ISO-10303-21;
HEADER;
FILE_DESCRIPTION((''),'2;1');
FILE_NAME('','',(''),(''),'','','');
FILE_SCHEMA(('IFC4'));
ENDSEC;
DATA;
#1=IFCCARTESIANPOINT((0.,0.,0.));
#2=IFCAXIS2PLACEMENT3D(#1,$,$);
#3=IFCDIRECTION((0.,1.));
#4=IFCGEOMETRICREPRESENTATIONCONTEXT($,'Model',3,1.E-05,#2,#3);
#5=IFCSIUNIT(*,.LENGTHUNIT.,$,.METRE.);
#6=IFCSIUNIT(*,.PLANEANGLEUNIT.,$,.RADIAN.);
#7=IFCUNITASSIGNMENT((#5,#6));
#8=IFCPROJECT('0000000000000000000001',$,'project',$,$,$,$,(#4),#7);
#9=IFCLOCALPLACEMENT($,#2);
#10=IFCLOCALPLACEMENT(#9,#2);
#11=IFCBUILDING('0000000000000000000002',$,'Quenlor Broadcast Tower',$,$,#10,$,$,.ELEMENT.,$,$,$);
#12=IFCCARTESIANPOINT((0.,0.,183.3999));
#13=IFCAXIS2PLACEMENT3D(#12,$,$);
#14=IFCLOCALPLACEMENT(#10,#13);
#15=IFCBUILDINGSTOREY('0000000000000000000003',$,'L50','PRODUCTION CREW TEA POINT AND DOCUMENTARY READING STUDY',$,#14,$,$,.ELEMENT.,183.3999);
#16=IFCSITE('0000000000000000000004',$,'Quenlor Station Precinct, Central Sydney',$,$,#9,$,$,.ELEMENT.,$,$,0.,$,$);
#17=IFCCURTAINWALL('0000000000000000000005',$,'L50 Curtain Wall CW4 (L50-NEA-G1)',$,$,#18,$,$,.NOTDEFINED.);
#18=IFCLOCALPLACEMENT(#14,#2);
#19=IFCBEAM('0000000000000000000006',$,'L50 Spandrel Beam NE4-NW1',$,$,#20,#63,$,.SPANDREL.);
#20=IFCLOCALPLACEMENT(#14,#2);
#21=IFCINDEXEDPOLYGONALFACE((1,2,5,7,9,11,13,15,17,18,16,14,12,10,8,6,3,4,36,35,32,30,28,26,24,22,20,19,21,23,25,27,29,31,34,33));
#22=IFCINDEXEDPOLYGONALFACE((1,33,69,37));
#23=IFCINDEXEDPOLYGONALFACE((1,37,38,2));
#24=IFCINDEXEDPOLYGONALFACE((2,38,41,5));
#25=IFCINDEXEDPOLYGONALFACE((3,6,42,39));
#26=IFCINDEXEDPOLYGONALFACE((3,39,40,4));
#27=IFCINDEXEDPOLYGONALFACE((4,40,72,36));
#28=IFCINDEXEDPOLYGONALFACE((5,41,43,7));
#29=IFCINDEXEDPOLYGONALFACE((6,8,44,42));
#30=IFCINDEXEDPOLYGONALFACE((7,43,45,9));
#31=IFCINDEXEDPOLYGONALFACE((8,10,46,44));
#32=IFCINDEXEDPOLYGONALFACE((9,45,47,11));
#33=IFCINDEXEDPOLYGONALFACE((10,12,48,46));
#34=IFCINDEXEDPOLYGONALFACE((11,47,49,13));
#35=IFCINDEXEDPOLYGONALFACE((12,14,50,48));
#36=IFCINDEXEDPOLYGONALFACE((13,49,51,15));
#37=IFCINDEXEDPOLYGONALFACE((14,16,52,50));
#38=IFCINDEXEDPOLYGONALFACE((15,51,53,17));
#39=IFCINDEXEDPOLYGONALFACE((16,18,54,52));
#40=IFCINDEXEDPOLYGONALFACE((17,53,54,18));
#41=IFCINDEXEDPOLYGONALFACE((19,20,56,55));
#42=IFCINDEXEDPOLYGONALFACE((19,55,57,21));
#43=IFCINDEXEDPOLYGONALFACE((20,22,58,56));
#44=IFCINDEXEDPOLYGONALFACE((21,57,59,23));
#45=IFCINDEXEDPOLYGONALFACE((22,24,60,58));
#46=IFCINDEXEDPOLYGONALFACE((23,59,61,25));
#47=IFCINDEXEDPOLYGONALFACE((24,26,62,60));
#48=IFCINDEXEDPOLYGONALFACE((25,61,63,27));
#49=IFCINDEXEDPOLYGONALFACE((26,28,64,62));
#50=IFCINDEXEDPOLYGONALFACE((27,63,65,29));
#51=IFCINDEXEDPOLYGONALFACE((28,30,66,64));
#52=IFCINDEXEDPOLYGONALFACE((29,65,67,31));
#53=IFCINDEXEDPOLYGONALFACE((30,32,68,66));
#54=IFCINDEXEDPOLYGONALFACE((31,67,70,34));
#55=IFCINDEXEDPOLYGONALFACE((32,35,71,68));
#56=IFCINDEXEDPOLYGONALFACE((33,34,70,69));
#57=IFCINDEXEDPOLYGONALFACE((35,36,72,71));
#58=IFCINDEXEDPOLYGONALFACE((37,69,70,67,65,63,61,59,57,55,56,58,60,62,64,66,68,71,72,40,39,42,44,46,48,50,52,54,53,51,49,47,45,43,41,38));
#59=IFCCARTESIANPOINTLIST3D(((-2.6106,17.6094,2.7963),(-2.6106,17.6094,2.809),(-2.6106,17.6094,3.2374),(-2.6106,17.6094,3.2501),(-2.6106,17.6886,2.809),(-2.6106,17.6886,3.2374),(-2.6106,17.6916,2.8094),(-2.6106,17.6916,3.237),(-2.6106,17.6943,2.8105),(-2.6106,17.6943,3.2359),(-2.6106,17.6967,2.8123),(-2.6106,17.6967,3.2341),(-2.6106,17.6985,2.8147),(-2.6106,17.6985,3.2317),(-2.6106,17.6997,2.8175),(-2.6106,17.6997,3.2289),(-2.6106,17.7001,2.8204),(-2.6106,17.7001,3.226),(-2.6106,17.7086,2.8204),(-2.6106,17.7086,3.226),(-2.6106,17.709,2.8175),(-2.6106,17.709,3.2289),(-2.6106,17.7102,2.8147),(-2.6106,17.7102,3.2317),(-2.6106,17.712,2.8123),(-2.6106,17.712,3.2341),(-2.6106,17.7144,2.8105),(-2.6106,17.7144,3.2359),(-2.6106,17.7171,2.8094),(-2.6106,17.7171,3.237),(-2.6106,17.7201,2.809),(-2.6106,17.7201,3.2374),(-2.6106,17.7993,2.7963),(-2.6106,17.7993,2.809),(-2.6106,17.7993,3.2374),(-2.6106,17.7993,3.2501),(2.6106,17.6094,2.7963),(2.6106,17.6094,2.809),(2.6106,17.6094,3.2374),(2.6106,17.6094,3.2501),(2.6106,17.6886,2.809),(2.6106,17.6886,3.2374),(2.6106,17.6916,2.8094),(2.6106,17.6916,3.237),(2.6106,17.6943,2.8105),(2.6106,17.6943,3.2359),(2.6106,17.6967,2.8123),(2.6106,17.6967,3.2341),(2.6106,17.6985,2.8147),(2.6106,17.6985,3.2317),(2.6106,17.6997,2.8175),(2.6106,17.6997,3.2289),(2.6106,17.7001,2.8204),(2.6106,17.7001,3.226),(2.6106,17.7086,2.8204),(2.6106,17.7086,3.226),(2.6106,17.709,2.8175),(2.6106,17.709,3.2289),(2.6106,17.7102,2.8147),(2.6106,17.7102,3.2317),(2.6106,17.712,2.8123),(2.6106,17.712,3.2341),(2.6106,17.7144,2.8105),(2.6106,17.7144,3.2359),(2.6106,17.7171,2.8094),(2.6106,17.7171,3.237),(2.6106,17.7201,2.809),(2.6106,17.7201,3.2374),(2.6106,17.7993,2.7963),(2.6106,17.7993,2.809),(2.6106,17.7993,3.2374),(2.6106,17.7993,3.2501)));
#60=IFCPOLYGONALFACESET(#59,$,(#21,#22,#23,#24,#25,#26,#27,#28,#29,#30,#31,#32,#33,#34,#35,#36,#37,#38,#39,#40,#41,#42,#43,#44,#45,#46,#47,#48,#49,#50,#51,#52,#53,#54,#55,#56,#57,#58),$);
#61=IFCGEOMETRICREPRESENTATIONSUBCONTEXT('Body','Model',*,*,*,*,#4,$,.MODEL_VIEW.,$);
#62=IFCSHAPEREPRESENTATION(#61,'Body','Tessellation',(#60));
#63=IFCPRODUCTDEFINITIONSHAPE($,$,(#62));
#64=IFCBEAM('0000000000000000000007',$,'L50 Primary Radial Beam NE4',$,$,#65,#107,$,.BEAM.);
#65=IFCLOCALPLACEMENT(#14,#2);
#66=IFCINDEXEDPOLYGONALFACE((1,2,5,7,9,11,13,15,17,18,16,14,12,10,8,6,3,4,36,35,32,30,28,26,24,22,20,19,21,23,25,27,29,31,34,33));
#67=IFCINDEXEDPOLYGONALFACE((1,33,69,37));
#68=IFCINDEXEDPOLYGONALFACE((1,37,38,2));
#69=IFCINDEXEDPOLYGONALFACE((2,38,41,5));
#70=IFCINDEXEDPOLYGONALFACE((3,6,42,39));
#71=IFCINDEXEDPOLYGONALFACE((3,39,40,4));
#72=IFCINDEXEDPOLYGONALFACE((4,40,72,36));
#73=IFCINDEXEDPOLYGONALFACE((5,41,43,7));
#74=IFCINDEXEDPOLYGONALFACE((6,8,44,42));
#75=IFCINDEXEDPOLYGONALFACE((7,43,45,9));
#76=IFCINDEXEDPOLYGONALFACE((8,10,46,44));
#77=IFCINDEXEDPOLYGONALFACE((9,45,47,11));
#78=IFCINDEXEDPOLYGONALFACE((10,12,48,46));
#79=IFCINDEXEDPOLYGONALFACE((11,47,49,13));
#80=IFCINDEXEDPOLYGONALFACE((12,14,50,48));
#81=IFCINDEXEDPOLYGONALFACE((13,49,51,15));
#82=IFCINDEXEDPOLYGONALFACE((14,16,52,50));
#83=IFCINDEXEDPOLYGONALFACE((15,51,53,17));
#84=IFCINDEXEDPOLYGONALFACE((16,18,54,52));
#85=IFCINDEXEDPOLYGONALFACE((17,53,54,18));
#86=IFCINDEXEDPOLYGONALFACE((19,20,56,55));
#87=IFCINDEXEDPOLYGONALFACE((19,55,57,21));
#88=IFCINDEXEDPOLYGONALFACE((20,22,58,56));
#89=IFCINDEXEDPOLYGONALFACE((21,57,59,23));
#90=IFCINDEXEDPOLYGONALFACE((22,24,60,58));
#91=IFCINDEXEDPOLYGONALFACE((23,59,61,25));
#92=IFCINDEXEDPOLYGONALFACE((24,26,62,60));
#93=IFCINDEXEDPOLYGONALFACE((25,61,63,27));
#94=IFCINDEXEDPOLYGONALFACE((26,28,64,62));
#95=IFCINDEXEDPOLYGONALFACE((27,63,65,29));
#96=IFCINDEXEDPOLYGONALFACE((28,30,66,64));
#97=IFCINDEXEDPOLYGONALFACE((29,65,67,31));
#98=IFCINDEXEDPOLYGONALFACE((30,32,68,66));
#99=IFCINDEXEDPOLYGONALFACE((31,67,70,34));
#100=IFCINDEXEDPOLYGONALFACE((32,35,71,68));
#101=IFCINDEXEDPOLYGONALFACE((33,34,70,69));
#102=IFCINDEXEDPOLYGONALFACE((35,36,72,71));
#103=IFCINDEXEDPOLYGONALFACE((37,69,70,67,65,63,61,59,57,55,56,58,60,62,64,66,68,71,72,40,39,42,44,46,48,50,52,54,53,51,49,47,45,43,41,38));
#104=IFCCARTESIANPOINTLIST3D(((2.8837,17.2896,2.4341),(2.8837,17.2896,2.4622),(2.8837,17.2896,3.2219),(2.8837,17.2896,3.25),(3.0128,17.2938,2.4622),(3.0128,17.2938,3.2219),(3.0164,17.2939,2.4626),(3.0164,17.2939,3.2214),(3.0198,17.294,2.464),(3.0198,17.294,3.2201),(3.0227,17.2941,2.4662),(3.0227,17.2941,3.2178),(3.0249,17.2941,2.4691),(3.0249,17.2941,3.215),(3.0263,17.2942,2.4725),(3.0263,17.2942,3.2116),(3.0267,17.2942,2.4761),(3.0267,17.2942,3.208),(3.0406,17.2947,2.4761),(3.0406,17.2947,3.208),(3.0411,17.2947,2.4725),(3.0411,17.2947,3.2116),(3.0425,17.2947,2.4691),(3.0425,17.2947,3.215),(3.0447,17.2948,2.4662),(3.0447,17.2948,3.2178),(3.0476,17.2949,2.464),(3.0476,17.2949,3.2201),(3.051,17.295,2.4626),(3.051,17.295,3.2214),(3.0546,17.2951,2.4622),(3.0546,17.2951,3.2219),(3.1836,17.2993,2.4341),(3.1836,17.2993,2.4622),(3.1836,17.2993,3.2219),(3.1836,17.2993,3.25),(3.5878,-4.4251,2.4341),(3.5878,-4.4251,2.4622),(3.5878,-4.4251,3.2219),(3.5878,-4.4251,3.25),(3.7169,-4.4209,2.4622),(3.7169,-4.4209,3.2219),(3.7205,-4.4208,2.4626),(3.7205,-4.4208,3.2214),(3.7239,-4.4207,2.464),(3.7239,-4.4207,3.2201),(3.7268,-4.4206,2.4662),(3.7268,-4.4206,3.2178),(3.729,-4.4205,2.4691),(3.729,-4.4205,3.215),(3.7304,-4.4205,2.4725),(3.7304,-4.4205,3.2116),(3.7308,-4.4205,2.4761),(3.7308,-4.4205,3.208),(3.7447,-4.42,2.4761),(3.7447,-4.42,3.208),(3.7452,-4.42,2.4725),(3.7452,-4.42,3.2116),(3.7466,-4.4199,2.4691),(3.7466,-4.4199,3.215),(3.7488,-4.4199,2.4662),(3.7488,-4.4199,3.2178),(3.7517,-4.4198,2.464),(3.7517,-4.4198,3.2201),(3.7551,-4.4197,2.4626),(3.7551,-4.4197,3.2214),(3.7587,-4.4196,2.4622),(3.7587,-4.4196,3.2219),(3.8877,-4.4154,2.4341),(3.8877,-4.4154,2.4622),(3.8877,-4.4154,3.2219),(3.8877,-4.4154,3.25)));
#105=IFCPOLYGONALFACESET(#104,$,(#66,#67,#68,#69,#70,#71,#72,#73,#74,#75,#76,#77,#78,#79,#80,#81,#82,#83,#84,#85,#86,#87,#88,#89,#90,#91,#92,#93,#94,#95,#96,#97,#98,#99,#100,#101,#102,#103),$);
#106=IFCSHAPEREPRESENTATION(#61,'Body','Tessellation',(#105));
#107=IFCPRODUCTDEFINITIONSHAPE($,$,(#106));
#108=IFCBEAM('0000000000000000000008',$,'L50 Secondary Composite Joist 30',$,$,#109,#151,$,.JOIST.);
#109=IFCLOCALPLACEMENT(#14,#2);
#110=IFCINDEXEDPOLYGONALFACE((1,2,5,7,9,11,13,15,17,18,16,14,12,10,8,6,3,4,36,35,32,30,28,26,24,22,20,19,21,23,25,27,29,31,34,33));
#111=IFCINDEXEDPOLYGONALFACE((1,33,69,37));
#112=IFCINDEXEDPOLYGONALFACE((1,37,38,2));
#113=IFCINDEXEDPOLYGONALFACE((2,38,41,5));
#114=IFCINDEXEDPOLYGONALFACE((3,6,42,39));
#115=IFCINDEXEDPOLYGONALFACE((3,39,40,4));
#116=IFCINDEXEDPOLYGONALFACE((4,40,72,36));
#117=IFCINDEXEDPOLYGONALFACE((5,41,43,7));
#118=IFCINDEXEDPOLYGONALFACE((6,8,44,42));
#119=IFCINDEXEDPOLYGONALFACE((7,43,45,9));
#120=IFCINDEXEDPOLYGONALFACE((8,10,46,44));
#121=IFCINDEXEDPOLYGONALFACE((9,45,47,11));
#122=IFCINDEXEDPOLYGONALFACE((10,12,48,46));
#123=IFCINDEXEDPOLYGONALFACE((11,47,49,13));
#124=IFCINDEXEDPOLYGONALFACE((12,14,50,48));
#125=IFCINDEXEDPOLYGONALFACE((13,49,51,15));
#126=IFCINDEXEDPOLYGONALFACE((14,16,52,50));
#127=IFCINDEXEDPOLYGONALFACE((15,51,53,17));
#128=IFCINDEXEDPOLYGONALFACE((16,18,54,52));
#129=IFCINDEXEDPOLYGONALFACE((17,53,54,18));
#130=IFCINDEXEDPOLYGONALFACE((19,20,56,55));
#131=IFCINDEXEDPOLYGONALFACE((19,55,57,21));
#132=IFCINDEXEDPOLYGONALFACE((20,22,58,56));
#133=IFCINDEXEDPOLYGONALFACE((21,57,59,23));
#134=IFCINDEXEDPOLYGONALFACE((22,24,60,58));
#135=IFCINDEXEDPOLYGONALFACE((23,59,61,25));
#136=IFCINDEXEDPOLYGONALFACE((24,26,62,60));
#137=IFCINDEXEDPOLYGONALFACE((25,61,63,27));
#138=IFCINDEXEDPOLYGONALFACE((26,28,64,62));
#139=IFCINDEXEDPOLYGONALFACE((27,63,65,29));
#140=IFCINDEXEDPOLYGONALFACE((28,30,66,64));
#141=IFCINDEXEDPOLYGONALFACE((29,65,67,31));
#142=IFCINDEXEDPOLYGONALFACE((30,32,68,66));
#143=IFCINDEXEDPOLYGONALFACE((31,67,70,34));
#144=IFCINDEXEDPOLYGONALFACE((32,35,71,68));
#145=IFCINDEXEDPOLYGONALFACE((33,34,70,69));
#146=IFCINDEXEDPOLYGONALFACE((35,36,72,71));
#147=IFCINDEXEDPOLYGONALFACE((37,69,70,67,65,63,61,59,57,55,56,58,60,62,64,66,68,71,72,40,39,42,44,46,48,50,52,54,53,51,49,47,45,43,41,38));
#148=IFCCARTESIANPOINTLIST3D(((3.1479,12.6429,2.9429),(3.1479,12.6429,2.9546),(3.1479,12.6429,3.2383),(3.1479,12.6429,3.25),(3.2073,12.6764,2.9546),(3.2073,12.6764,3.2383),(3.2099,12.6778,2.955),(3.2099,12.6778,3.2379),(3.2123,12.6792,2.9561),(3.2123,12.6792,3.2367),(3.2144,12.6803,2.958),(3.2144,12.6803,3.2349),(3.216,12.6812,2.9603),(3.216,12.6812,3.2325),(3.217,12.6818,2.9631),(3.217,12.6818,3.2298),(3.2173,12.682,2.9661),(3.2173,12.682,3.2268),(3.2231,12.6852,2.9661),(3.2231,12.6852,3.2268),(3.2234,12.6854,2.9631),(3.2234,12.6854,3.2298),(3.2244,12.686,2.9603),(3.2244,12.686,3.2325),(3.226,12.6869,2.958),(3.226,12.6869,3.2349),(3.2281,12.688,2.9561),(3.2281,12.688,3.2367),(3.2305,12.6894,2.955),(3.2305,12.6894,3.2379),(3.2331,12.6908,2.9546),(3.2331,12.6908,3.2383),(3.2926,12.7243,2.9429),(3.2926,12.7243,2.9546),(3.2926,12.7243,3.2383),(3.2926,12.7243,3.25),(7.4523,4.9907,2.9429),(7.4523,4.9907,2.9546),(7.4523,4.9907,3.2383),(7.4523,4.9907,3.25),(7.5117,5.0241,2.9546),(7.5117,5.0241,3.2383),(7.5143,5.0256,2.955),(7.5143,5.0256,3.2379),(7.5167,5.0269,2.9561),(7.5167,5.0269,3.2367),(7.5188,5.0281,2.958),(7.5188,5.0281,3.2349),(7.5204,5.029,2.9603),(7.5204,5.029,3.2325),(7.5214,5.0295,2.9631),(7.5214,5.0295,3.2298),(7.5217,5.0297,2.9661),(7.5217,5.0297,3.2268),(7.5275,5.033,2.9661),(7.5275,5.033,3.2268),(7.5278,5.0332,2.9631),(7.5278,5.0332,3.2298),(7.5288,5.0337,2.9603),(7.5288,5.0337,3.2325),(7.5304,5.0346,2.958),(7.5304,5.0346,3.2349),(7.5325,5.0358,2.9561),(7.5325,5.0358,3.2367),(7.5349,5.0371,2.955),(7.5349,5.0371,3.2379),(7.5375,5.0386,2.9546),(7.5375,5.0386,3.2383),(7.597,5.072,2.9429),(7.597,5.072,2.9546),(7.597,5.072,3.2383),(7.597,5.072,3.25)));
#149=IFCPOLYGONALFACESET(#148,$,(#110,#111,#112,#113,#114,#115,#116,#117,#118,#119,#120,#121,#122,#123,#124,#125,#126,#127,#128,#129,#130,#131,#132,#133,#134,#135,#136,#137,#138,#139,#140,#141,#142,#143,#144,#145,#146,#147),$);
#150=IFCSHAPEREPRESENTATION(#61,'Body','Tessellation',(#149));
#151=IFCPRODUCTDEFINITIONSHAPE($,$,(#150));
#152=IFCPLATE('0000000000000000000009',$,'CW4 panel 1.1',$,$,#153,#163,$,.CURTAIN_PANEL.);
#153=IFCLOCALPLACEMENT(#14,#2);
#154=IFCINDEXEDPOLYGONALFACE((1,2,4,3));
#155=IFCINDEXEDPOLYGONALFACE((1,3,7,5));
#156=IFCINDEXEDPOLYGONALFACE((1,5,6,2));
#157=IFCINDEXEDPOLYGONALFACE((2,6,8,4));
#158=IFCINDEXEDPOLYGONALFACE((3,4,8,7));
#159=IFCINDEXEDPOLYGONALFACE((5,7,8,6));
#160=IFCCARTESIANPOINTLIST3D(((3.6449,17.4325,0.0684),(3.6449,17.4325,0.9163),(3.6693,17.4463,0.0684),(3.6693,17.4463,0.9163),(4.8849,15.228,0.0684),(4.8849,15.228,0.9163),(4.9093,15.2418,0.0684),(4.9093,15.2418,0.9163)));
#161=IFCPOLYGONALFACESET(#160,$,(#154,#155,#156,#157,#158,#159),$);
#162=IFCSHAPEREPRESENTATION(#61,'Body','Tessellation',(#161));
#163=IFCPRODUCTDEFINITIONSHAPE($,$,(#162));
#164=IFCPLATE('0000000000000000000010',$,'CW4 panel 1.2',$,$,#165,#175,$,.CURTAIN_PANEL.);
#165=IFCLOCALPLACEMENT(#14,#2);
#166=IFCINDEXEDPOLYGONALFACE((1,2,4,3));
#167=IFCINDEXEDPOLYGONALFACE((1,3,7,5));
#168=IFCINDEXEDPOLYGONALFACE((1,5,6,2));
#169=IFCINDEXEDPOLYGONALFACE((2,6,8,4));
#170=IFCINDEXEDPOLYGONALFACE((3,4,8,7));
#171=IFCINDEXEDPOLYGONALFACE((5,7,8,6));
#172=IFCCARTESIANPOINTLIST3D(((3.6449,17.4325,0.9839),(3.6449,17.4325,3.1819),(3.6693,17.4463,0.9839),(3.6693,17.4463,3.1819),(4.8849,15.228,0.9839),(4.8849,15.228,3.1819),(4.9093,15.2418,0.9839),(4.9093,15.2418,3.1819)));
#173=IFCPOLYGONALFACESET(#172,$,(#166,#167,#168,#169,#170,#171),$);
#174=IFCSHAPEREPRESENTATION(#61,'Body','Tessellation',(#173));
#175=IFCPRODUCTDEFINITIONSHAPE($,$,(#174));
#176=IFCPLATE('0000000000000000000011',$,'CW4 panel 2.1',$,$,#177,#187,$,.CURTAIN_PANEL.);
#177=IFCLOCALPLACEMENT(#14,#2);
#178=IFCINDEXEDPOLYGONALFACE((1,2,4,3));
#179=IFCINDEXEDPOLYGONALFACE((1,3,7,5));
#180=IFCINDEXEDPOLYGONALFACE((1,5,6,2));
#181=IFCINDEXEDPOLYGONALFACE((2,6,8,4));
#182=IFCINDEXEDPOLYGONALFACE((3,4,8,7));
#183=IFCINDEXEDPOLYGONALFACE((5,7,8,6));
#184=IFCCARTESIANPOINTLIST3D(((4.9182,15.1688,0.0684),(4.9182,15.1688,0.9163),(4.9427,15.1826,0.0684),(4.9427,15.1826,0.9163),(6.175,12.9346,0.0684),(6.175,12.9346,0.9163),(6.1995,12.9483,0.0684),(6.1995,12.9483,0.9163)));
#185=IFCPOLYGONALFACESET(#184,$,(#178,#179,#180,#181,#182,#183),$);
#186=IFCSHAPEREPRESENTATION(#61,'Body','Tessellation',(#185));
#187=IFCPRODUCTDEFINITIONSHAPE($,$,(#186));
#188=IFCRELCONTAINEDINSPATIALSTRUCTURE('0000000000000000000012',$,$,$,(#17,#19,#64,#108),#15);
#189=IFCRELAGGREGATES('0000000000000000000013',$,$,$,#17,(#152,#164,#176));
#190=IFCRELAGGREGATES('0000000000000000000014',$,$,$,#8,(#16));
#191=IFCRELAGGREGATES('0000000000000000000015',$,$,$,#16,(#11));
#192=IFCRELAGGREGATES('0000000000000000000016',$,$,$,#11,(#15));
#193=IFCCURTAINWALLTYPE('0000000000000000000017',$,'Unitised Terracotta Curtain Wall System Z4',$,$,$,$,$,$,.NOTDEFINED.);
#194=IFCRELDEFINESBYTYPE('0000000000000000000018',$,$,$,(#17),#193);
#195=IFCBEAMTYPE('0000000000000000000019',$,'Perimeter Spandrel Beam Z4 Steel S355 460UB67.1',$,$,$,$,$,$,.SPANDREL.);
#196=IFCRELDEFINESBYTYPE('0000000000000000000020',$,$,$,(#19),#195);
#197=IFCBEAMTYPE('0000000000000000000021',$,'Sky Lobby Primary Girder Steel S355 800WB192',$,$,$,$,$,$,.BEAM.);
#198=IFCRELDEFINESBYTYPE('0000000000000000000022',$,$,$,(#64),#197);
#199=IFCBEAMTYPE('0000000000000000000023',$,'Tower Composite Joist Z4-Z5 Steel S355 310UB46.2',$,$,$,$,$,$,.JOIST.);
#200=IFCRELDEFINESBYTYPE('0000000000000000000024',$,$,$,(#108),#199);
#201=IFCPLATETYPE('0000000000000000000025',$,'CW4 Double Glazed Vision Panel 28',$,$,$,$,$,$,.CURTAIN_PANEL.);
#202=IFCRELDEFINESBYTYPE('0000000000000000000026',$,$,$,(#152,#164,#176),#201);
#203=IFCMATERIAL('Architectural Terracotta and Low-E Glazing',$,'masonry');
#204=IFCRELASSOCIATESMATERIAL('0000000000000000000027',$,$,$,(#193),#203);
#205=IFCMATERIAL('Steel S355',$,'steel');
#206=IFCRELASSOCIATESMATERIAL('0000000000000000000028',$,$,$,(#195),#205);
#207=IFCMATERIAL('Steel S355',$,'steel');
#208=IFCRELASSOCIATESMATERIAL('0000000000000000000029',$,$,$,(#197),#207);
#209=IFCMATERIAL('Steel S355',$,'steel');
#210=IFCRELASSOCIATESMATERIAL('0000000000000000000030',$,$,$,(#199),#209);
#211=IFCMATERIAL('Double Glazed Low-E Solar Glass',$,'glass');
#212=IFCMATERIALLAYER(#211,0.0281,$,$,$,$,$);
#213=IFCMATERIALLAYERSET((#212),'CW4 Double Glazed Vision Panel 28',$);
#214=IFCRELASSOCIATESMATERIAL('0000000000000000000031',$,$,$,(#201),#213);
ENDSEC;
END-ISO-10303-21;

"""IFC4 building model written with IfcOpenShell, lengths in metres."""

from ifc_helpers import new_model, si_unit, direction, frame, origin, origin_2d, place, context, subcontext, project, spatial, rectangle, i_section, extrude, material, layer, layer_set, material_profile, profile_set, type_object, element, aggregate, save


model = new_model("IFC4")

# Units and contexts
model_context = context("Model", 3, precision=1e-05, world=origin(), true_north=direction((0.0, 1.0)))
body_context = subcontext(model_context, "Body", "Model", "MODEL_VIEW")
ifc_project = project(units=[si_unit("LENGTHUNIT", "METRE"), si_unit("PLANEANGLEUNIT", "RADIAN")], contexts=[model_context])

# Site, building, storey
site_placement = place(None, origin())
site = spatial("IfcSite", under=ifc_project, at=site_placement, Name="Quenlor Station Precinct, Central Sydney", CompositionType="ELEMENT", RefElevation=0.0)
building_placement = place(site_placement, origin())
building = spatial("IfcBuilding", under=site, at=building_placement, Name="Quenlor Broadcast Tower", CompositionType="ELEMENT")
storey_placement = place(building_placement, frame((0.0, 0.0, 183.3999)))
storey = spatial("IfcBuildingStorey", under=building, at=storey_placement, Name="L50", Description="PRODUCTION CREW TEA POINT AND DOCUMENTARY READING STUDY", CompositionType="ELEMENT", Elevation=183.3999)

# Curtain wall
ifc_material_1 = material(Name="Architectural Terracotta and Low-E Glazing", Category="masonry")
curtain_wall_type = type_object("IfcCurtainWallType", Name="Unitised Terracotta Curtain Wall System Z4", PredefinedType="NOTDEFINED", material=ifc_material_1)
curtain_wall_placement = place(storey_placement, origin())
curtain_wall = element("IfcCurtainWall", 1, at=curtain_wall_placement, inside=storey, type_object=curtain_wall_type, Name="L50 Curtain Wall CW4 (L50-NEA-G1)", PredefinedType="NOTDEFINED")

# Beams
ifc_material_2 = material(Name="Steel S355", Category="steel")
ifc_material_profile_1 = material_profile(ifc_material_2, i_section(OverallWidth=0.1899, OverallDepth=0.4539, WebThickness=0.0085, FlangeThickness=0.0127, FilletRadius=0.0115, at=origin_2d()))
ifc_profile_set_1 = profile_set([ifc_material_profile_1], Name="Steel S355 460UB67.1")
beam_type_1 = type_object("IfcBeamType", Name="Perimeter Spandrel Beam Z4 Steel S355 460UB67.1", PredefinedType="SPANDREL", material=ifc_profile_set_1)
beam_1_placement = place(storey_placement, frame((2.6106, 17.7043, 3.0232), z_axis=(-1.0, 0.0, 0.0), x_axis=(0.0, -1.0, 0.0)))
element("IfcBeam", 2, at=beam_1_placement, inside=storey, type_object=beam_type_1, Name="L50 Spandrel Beam NE4-NW1", PredefinedType="SPANDREL", context=body_context, shape_type="SweptSolid", body=[
    extrude(i_section(OverallWidth=0.1899, OverallDepth=0.4539, WebThickness=0.0085, FlangeThickness=0.0127, FilletRadius=0.0115, at=origin_2d()), origin(), (0.0, 0.0, 1.0), 5.2212),
])
ifc_material_3 = material(Name="Steel S355", Category="steel")
ifc_material_profile_2 = material_profile(ifc_material_3, i_section(OverallWidth=0.3, OverallDepth=0.8159, WebThickness=0.0139, FlangeThickness=0.0281, FilletRadius=0.0139, at=origin_2d()))
ifc_profile_set_2 = profile_set([ifc_material_profile_2], Name="Steel S355 800WB192")
beam_type_2 = type_object("IfcBeamType", Name="Sky Lobby Primary Girder Steel S355 800WB192", PredefinedType="BEAM", material=ifc_profile_set_2)
beam_2_placement = place(storey_placement, frame((3.0337, 17.2944, 2.842), z_axis=(0.032408, -0.999475, 0.0), x_axis=(0.999475, 0.032408, 0.0)))
element("IfcBeam", 3, at=beam_2_placement, inside=storey, type_object=beam_type_2, Name="L50 Primary Radial Beam NE4", PredefinedType="BEAM", context=body_context, shape_type="SweptSolid", body=[
    extrude(i_section(OverallWidth=0.3, OverallDepth=0.8159, WebThickness=0.0139, FlangeThickness=0.0281, FilletRadius=0.0139, at=origin_2d()), origin(), (0.0, 0.0, 1.0), 21.7261),
])
ifc_material_4 = material(Name="Steel S355", Category="steel")
ifc_material_profile_3 = material_profile(ifc_material_4, i_section(OverallWidth=0.166, OverallDepth=0.3071, WebThickness=0.0066, FlangeThickness=0.0117, FilletRadius=0.0115, at=origin_2d()))
ifc_profile_set_3 = profile_set([ifc_material_profile_3], Name="Steel S355 310UB46.2")
beam_type_3 = type_object("IfcBeamType", Name="Tower Composite Joist Z4-Z5 Steel S355 310UB46.2", PredefinedType="JOIST", material=ifc_profile_set_3)
beam_3_placement = place(storey_placement, frame((3.2202, 12.6836, 3.0964), z_axis=(0.490261, -0.871576, 0.0), x_axis=(0.871576, 0.490261, 0.0)))
element("IfcBeam", 4, at=beam_3_placement, inside=storey, type_object=beam_type_3, Name="L50 Secondary Composite Joist 30", PredefinedType="JOIST", context=body_context, shape_type="SweptSolid", body=[
    extrude(i_section(OverallWidth=0.166, OverallDepth=0.3071, WebThickness=0.0066, FlangeThickness=0.0117, FilletRadius=0.0115, at=origin_2d()), origin(), (0.0, 0.0, 1.0), 8.7798),
])

# Plates
ifc_material_5 = material(Name="Double Glazed Low-E Solar Glass", Category="glass")
ifc_layer_1 = layer(ifc_material_5, 0.0281)
ifc_layer_set_1 = layer_set([ifc_layer_1], Name="CW4 Double Glazed Vision Panel 28")
plate_type = type_object("IfcPlateType", Name="CW4 Double Glazed Vision Panel 28", PredefinedType="CURTAIN_PANEL", material=ifc_layer_set_1)
plate_1_placement = place(storey_placement, frame((4.2771, 16.3372, 0.0684), z_axis=(0.0, 0.0, 1.0), x_axis=(0.490259, -0.871577, 0.0)))
plate_1 = element("IfcPlate", 5, at=plate_1_placement, type_object=plate_type, Name="CW4 panel 1.1", PredefinedType="CURTAIN_PANEL", context=body_context, shape_type="SweptSolid", body=[
    extrude(rectangle(XDim=2.5293, YDim=0.0281, at=origin_2d()), origin(), (0.0, 0.0, 1.0), 0.8479),
])
plate_2_placement = place(storey_placement, frame((4.2771, 16.3372, 0.9839), z_axis=(0.0, 0.0, 1.0), x_axis=(0.490259, -0.871577, 0.0)))
plate_2 = element("IfcPlate", 6, at=plate_2_placement, type_object=plate_type, Name="CW4 panel 1.2", PredefinedType="CURTAIN_PANEL", context=body_context, shape_type="SweptSolid", body=[
    extrude(rectangle(XDim=2.5293, YDim=0.0281, at=origin_2d()), origin(), (0.0, 0.0, 1.0), 2.198),
])
plate_3_placement = place(storey_placement, frame((5.5588, 14.0586, 0.0684), z_axis=(0.0, 0.0, 1.0), x_axis=(0.490259, -0.871577, 0.0)))
plate_3 = element("IfcPlate", 7, at=plate_3_placement, type_object=plate_type, Name="CW4 panel 2.1", PredefinedType="CURTAIN_PANEL", context=body_context, shape_type="SweptSolid", body=[
    extrude(rectangle(XDim=2.5635, YDim=0.0281, at=origin_2d()), origin(), (0.0, 0.0, 1.0), 0.8479),
])
aggregate(curtain_wall, [plate_1, plate_2, plate_3])

save(model, "model.ifc")
